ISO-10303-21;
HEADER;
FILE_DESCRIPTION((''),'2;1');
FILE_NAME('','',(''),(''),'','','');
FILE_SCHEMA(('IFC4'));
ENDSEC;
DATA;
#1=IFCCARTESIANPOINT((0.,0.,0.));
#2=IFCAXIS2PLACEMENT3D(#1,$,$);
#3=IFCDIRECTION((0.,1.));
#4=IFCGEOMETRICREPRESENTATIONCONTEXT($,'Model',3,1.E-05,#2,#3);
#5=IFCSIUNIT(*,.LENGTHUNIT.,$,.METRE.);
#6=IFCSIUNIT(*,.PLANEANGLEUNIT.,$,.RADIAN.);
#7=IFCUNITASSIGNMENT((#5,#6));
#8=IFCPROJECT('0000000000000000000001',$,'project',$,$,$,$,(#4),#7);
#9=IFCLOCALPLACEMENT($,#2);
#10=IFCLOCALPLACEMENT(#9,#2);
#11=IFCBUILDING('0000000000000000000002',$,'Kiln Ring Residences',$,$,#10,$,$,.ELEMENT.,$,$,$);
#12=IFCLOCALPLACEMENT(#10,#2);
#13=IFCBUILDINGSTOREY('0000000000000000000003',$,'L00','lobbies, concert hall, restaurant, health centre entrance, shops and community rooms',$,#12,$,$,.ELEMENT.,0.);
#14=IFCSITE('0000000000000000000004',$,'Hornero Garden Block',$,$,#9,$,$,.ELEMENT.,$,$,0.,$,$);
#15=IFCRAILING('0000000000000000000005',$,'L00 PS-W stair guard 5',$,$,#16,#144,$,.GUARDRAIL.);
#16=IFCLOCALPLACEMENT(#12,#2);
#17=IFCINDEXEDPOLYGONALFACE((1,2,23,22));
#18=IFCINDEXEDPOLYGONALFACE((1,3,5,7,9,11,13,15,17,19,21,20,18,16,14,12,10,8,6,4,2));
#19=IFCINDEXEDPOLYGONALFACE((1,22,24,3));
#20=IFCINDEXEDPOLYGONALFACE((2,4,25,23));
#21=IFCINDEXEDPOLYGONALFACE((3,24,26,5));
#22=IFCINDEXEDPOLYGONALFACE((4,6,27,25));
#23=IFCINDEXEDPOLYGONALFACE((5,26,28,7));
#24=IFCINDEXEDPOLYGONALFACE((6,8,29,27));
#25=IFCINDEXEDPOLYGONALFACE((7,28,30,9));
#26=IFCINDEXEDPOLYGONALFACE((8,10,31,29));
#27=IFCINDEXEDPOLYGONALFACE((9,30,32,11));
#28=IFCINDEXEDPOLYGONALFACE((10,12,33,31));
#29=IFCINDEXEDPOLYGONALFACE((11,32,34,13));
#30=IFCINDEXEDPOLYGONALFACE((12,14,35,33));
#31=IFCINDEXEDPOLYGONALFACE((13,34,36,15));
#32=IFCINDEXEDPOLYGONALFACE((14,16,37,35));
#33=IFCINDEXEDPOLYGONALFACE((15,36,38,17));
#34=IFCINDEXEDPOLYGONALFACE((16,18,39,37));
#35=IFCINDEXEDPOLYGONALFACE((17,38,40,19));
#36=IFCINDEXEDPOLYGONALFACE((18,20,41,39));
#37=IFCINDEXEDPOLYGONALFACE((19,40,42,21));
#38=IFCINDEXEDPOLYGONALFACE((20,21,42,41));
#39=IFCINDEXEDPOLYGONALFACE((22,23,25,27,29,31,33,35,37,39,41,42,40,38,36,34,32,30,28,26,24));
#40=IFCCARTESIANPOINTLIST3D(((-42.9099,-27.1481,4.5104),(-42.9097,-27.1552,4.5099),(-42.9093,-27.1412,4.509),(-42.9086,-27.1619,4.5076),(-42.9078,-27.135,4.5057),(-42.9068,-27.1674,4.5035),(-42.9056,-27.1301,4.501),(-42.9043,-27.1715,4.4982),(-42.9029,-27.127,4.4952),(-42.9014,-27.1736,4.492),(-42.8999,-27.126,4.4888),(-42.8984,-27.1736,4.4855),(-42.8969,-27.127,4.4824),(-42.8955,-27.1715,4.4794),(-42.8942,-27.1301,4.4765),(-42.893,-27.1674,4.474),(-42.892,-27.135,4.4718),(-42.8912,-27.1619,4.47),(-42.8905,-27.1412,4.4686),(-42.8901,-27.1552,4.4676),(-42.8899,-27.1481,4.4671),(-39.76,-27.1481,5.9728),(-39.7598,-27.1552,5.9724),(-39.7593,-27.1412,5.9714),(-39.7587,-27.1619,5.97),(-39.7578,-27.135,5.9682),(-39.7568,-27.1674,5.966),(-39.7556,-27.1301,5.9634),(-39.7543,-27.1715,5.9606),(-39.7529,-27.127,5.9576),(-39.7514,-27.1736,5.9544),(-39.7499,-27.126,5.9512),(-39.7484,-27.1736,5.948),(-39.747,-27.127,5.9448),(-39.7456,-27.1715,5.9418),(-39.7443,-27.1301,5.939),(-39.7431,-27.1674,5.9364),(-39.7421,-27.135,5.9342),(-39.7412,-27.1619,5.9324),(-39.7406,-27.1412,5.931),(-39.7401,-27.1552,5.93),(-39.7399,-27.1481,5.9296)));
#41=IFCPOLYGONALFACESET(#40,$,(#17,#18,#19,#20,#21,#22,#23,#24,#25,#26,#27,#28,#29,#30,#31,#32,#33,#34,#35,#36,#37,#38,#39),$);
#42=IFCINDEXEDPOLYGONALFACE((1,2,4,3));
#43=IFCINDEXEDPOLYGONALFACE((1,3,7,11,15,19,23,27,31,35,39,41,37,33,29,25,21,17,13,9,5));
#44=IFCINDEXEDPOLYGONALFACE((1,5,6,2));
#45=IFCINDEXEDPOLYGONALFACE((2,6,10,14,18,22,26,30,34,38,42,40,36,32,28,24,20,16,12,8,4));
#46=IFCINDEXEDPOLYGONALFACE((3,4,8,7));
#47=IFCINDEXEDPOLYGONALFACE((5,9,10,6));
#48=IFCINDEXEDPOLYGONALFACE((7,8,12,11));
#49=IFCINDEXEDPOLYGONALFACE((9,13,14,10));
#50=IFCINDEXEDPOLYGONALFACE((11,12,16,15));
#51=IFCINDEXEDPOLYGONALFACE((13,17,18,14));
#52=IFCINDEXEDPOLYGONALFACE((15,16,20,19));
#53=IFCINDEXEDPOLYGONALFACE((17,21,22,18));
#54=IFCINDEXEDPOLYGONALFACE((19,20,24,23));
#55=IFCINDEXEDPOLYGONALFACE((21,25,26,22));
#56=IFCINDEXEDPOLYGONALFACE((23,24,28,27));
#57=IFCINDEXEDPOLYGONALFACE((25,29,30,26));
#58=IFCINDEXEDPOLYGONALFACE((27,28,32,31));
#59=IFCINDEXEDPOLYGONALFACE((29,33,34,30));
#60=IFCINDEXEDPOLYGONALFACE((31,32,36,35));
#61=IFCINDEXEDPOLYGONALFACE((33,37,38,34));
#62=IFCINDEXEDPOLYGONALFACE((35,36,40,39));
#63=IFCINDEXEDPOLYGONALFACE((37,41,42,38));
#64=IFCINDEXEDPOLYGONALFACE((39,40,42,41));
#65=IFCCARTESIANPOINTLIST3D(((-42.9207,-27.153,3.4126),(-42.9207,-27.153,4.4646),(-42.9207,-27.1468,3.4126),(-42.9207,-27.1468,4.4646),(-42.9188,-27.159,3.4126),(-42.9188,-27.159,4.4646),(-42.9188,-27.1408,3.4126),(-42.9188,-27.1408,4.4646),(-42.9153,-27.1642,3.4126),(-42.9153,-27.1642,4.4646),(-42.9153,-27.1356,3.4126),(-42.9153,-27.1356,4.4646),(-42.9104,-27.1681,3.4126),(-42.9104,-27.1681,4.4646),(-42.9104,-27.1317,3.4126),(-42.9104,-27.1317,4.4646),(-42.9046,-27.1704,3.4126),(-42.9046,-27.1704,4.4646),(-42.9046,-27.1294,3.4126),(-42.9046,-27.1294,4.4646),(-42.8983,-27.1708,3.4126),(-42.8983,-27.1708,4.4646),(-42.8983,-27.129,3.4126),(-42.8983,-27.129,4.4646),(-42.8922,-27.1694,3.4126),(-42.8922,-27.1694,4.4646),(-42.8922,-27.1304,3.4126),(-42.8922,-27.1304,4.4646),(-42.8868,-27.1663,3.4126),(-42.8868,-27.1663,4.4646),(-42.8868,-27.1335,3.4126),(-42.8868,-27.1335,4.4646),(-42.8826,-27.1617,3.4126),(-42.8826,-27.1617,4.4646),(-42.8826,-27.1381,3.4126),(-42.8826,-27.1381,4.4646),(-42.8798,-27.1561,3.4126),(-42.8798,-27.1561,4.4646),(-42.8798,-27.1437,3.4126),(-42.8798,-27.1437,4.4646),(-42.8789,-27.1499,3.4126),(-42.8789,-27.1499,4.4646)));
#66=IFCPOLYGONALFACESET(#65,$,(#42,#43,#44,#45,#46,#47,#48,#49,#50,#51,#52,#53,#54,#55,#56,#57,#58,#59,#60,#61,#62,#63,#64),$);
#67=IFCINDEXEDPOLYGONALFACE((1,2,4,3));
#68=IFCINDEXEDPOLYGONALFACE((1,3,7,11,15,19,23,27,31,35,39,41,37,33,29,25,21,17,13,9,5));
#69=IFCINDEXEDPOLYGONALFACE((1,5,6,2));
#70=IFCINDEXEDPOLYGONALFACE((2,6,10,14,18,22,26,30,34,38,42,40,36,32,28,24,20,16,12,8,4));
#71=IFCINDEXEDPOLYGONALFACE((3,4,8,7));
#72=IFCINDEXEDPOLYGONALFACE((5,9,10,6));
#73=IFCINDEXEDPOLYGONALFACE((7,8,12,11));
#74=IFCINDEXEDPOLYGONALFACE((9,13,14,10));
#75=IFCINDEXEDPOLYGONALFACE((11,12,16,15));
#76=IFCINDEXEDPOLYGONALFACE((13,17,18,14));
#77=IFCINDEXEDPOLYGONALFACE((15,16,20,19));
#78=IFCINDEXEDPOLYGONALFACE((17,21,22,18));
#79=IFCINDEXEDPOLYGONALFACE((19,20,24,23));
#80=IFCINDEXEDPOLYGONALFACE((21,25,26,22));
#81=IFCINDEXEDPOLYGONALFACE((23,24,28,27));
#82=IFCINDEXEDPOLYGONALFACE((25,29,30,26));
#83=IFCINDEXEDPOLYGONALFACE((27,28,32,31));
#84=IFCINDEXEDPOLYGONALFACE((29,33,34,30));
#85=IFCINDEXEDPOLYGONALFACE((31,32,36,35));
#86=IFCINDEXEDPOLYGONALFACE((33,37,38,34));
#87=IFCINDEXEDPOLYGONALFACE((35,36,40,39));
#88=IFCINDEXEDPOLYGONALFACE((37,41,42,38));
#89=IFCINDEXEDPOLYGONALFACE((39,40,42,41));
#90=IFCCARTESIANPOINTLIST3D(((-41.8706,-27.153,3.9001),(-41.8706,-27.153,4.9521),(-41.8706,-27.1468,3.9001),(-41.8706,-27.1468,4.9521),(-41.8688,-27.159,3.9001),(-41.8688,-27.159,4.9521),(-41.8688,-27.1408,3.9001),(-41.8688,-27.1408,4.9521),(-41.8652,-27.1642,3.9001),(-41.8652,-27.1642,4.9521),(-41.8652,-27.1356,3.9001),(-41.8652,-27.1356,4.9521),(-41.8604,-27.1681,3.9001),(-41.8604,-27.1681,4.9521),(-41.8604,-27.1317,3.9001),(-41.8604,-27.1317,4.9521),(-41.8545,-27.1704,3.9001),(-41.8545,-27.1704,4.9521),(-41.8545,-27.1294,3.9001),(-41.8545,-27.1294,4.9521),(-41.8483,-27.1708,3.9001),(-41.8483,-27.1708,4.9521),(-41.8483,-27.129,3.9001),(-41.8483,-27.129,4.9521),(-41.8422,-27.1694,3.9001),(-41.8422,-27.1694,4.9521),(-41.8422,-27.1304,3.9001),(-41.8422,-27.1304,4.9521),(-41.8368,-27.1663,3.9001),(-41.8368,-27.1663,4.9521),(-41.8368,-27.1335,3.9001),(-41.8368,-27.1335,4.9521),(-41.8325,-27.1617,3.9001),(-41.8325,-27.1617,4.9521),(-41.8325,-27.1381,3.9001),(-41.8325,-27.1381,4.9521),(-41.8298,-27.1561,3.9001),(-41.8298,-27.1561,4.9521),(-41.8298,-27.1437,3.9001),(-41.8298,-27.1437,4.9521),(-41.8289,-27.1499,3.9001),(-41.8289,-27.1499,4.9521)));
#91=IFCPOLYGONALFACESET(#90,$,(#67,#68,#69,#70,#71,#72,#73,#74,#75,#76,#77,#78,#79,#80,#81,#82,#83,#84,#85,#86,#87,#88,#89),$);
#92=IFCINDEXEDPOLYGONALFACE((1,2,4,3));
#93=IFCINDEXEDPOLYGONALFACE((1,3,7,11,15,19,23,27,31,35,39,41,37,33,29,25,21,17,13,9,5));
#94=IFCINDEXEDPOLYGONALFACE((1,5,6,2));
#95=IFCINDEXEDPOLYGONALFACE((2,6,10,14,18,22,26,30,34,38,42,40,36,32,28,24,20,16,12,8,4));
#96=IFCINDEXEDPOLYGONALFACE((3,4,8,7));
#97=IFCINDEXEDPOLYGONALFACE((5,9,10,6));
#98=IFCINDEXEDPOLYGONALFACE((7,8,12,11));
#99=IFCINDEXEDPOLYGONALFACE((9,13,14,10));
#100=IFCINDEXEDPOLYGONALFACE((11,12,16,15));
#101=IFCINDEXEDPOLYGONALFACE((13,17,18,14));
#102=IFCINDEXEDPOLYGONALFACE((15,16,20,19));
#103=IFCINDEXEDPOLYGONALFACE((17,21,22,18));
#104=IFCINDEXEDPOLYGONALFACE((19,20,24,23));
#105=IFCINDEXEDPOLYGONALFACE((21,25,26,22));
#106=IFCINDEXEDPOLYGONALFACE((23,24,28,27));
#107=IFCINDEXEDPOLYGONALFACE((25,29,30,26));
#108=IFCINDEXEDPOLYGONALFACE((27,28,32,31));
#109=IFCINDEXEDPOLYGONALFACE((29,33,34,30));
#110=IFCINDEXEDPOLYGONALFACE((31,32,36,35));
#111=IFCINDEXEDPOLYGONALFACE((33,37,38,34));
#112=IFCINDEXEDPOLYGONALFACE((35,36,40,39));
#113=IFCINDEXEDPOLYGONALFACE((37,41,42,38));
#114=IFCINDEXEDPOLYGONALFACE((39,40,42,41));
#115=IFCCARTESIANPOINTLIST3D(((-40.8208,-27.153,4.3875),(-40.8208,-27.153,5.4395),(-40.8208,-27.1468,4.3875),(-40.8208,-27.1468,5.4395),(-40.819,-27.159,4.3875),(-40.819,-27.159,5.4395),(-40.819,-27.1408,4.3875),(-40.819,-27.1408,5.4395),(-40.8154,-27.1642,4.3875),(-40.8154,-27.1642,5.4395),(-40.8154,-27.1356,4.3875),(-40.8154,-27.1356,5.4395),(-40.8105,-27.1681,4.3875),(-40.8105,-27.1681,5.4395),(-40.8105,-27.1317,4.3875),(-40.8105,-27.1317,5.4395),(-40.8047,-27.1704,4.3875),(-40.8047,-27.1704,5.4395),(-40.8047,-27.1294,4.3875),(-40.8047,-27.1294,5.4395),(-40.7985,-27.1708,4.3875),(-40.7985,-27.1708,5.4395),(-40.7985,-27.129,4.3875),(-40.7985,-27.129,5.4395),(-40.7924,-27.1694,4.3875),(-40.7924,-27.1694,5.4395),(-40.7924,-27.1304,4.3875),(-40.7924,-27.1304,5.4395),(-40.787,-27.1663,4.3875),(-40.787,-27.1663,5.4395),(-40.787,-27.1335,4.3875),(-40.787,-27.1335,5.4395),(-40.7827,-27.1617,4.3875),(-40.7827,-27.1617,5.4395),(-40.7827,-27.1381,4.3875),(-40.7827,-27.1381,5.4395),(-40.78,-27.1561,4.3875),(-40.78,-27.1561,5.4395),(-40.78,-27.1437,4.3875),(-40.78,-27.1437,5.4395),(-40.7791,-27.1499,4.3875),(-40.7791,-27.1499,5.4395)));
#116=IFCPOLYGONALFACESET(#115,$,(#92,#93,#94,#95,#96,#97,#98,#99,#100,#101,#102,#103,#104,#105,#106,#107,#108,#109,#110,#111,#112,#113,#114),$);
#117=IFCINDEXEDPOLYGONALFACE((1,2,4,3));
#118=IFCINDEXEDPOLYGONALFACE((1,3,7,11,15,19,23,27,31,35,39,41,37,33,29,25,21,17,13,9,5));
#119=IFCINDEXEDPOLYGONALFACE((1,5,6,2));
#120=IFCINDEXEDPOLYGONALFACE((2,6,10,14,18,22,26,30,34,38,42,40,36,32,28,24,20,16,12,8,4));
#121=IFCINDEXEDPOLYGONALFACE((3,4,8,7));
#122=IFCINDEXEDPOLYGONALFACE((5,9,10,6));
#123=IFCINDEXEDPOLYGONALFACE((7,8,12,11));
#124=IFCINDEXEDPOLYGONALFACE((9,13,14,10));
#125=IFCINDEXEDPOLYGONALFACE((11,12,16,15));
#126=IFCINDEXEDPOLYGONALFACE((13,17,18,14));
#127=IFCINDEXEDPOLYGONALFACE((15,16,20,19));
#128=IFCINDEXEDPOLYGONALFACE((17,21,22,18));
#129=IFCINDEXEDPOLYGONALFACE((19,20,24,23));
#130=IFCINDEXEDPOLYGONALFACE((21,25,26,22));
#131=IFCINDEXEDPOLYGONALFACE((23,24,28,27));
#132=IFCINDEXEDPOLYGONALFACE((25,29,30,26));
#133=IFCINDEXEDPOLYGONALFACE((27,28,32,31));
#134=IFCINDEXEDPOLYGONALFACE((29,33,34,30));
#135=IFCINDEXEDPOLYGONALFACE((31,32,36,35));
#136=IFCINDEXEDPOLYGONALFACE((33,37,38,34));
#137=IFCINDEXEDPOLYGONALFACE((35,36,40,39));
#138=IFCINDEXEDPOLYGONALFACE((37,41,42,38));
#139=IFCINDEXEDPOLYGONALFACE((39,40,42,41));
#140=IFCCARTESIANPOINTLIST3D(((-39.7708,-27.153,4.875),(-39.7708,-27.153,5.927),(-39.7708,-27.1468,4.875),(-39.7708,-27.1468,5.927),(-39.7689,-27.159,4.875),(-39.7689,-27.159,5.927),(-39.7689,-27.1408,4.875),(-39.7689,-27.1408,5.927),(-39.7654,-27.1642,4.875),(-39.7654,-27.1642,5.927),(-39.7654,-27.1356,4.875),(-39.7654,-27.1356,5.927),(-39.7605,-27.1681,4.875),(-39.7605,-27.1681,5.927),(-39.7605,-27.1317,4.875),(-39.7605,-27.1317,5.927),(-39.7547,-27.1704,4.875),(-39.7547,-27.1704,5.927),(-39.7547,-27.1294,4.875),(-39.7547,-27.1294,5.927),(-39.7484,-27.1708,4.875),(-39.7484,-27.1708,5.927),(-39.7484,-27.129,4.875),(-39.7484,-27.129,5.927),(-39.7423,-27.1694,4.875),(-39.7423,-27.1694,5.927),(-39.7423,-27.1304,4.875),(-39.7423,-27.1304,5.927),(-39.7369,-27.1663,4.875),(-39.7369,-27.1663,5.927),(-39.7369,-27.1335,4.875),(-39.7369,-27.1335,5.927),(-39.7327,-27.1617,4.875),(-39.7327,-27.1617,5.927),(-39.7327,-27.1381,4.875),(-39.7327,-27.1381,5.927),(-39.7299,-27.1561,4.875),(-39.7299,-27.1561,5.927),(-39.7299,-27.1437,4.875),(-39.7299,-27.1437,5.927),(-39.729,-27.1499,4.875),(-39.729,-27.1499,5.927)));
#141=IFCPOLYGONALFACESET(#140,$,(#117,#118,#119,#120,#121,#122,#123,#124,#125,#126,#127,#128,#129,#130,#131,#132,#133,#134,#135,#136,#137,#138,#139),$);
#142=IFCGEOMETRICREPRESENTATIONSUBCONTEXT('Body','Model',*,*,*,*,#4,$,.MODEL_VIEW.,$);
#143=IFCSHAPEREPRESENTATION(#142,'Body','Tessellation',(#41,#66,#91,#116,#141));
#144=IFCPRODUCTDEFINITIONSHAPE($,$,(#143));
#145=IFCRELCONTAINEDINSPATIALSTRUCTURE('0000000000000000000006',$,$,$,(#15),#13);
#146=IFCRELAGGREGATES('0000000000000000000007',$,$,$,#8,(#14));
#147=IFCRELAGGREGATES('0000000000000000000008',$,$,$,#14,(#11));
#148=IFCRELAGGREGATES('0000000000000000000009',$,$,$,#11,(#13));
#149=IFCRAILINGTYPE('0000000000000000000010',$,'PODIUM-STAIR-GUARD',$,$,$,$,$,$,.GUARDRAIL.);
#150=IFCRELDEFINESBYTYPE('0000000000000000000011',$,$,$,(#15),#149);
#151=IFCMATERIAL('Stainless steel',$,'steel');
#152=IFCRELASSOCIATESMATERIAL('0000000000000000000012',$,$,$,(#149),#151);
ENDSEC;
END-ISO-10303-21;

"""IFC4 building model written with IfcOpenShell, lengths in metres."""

from ifc_helpers import new_model, si_unit, direction, frame, origin, origin_2d, place, context, subcontext, project, spatial, circle, extrude, material, type_object, element, save


model = new_model("IFC4")

# Units and contexts
model_context = context("Model", 3, precision=1e-05, world=origin(), true_north=direction((0.0, 1.0)))
body_context = subcontext(model_context, "Body", "Model", "MODEL_VIEW")
ifc_project = project(units=[si_unit("LENGTHUNIT", "METRE"), si_unit("PLANEANGLEUNIT", "RADIAN")], contexts=[model_context])

# Site, building, storey
site_placement = place(None, origin())
site = spatial("IfcSite", under=ifc_project, at=site_placement, Name="Hornero Garden Block", CompositionType="ELEMENT", RefElevation=0.0)
building_placement = place(site_placement, origin())
building = spatial("IfcBuilding", under=site, at=building_placement, Name="Kiln Ring Residences", CompositionType="ELEMENT")
storey_placement = place(building_placement, origin())
storey = spatial("IfcBuildingStorey", under=building, at=storey_placement, Name="L00", Description="lobbies, concert hall, restaurant, health centre entrance, shops and community rooms", CompositionType="ELEMENT", Elevation=0.0)

# Railing
ifc_material_1 = material(Name="Stainless steel", Category="steel")
railing_type_1 = type_object("IfcRailingType", Name="PODIUM-STAIR-GUARD", PredefinedType="GUARDRAIL", material=ifc_material_1)
railing_1_placement = place(storey_placement, frame((-42.8999, -27.1499, 3.4126)))
element("IfcRailing", 1, at=railing_1_placement, inside=storey, type_object=railing_type_1, Name="L00 PS-W stair guard 5", PredefinedType="GUARDRAIL", context=body_context, shape_type="SweptSolid", body=[
    extrude(circle(Radius=0.0239, at=origin_2d()), frame((0.0, 0.0, 1.0762), z_axis=(0.907015, 0.0, 0.421099), x_axis=(0.0, 1.0, 0.0)), (0.0, 0.0, 1.0), 3.4729),
    extrude(circle(Radius=0.021, at=origin_2d()), origin(), (0.0, 0.0, 1.0), 1.052),
    extrude(circle(Radius=0.021, at=origin_2d()), frame((1.05, 0.0, 0.4875)), (0.0, 0.0, 1.0), 1.052),
    extrude(circle(Radius=0.021, at=origin_2d()), frame((2.0999, 0.0, 0.9749)), (0.0, 0.0, 1.0), 1.052),
    extrude(circle(Radius=0.021, at=origin_2d()), frame((3.1499, 0.0, 1.4624)), (0.0, 0.0, 1.0), 1.052),
])

save(model, "model.ifc")
